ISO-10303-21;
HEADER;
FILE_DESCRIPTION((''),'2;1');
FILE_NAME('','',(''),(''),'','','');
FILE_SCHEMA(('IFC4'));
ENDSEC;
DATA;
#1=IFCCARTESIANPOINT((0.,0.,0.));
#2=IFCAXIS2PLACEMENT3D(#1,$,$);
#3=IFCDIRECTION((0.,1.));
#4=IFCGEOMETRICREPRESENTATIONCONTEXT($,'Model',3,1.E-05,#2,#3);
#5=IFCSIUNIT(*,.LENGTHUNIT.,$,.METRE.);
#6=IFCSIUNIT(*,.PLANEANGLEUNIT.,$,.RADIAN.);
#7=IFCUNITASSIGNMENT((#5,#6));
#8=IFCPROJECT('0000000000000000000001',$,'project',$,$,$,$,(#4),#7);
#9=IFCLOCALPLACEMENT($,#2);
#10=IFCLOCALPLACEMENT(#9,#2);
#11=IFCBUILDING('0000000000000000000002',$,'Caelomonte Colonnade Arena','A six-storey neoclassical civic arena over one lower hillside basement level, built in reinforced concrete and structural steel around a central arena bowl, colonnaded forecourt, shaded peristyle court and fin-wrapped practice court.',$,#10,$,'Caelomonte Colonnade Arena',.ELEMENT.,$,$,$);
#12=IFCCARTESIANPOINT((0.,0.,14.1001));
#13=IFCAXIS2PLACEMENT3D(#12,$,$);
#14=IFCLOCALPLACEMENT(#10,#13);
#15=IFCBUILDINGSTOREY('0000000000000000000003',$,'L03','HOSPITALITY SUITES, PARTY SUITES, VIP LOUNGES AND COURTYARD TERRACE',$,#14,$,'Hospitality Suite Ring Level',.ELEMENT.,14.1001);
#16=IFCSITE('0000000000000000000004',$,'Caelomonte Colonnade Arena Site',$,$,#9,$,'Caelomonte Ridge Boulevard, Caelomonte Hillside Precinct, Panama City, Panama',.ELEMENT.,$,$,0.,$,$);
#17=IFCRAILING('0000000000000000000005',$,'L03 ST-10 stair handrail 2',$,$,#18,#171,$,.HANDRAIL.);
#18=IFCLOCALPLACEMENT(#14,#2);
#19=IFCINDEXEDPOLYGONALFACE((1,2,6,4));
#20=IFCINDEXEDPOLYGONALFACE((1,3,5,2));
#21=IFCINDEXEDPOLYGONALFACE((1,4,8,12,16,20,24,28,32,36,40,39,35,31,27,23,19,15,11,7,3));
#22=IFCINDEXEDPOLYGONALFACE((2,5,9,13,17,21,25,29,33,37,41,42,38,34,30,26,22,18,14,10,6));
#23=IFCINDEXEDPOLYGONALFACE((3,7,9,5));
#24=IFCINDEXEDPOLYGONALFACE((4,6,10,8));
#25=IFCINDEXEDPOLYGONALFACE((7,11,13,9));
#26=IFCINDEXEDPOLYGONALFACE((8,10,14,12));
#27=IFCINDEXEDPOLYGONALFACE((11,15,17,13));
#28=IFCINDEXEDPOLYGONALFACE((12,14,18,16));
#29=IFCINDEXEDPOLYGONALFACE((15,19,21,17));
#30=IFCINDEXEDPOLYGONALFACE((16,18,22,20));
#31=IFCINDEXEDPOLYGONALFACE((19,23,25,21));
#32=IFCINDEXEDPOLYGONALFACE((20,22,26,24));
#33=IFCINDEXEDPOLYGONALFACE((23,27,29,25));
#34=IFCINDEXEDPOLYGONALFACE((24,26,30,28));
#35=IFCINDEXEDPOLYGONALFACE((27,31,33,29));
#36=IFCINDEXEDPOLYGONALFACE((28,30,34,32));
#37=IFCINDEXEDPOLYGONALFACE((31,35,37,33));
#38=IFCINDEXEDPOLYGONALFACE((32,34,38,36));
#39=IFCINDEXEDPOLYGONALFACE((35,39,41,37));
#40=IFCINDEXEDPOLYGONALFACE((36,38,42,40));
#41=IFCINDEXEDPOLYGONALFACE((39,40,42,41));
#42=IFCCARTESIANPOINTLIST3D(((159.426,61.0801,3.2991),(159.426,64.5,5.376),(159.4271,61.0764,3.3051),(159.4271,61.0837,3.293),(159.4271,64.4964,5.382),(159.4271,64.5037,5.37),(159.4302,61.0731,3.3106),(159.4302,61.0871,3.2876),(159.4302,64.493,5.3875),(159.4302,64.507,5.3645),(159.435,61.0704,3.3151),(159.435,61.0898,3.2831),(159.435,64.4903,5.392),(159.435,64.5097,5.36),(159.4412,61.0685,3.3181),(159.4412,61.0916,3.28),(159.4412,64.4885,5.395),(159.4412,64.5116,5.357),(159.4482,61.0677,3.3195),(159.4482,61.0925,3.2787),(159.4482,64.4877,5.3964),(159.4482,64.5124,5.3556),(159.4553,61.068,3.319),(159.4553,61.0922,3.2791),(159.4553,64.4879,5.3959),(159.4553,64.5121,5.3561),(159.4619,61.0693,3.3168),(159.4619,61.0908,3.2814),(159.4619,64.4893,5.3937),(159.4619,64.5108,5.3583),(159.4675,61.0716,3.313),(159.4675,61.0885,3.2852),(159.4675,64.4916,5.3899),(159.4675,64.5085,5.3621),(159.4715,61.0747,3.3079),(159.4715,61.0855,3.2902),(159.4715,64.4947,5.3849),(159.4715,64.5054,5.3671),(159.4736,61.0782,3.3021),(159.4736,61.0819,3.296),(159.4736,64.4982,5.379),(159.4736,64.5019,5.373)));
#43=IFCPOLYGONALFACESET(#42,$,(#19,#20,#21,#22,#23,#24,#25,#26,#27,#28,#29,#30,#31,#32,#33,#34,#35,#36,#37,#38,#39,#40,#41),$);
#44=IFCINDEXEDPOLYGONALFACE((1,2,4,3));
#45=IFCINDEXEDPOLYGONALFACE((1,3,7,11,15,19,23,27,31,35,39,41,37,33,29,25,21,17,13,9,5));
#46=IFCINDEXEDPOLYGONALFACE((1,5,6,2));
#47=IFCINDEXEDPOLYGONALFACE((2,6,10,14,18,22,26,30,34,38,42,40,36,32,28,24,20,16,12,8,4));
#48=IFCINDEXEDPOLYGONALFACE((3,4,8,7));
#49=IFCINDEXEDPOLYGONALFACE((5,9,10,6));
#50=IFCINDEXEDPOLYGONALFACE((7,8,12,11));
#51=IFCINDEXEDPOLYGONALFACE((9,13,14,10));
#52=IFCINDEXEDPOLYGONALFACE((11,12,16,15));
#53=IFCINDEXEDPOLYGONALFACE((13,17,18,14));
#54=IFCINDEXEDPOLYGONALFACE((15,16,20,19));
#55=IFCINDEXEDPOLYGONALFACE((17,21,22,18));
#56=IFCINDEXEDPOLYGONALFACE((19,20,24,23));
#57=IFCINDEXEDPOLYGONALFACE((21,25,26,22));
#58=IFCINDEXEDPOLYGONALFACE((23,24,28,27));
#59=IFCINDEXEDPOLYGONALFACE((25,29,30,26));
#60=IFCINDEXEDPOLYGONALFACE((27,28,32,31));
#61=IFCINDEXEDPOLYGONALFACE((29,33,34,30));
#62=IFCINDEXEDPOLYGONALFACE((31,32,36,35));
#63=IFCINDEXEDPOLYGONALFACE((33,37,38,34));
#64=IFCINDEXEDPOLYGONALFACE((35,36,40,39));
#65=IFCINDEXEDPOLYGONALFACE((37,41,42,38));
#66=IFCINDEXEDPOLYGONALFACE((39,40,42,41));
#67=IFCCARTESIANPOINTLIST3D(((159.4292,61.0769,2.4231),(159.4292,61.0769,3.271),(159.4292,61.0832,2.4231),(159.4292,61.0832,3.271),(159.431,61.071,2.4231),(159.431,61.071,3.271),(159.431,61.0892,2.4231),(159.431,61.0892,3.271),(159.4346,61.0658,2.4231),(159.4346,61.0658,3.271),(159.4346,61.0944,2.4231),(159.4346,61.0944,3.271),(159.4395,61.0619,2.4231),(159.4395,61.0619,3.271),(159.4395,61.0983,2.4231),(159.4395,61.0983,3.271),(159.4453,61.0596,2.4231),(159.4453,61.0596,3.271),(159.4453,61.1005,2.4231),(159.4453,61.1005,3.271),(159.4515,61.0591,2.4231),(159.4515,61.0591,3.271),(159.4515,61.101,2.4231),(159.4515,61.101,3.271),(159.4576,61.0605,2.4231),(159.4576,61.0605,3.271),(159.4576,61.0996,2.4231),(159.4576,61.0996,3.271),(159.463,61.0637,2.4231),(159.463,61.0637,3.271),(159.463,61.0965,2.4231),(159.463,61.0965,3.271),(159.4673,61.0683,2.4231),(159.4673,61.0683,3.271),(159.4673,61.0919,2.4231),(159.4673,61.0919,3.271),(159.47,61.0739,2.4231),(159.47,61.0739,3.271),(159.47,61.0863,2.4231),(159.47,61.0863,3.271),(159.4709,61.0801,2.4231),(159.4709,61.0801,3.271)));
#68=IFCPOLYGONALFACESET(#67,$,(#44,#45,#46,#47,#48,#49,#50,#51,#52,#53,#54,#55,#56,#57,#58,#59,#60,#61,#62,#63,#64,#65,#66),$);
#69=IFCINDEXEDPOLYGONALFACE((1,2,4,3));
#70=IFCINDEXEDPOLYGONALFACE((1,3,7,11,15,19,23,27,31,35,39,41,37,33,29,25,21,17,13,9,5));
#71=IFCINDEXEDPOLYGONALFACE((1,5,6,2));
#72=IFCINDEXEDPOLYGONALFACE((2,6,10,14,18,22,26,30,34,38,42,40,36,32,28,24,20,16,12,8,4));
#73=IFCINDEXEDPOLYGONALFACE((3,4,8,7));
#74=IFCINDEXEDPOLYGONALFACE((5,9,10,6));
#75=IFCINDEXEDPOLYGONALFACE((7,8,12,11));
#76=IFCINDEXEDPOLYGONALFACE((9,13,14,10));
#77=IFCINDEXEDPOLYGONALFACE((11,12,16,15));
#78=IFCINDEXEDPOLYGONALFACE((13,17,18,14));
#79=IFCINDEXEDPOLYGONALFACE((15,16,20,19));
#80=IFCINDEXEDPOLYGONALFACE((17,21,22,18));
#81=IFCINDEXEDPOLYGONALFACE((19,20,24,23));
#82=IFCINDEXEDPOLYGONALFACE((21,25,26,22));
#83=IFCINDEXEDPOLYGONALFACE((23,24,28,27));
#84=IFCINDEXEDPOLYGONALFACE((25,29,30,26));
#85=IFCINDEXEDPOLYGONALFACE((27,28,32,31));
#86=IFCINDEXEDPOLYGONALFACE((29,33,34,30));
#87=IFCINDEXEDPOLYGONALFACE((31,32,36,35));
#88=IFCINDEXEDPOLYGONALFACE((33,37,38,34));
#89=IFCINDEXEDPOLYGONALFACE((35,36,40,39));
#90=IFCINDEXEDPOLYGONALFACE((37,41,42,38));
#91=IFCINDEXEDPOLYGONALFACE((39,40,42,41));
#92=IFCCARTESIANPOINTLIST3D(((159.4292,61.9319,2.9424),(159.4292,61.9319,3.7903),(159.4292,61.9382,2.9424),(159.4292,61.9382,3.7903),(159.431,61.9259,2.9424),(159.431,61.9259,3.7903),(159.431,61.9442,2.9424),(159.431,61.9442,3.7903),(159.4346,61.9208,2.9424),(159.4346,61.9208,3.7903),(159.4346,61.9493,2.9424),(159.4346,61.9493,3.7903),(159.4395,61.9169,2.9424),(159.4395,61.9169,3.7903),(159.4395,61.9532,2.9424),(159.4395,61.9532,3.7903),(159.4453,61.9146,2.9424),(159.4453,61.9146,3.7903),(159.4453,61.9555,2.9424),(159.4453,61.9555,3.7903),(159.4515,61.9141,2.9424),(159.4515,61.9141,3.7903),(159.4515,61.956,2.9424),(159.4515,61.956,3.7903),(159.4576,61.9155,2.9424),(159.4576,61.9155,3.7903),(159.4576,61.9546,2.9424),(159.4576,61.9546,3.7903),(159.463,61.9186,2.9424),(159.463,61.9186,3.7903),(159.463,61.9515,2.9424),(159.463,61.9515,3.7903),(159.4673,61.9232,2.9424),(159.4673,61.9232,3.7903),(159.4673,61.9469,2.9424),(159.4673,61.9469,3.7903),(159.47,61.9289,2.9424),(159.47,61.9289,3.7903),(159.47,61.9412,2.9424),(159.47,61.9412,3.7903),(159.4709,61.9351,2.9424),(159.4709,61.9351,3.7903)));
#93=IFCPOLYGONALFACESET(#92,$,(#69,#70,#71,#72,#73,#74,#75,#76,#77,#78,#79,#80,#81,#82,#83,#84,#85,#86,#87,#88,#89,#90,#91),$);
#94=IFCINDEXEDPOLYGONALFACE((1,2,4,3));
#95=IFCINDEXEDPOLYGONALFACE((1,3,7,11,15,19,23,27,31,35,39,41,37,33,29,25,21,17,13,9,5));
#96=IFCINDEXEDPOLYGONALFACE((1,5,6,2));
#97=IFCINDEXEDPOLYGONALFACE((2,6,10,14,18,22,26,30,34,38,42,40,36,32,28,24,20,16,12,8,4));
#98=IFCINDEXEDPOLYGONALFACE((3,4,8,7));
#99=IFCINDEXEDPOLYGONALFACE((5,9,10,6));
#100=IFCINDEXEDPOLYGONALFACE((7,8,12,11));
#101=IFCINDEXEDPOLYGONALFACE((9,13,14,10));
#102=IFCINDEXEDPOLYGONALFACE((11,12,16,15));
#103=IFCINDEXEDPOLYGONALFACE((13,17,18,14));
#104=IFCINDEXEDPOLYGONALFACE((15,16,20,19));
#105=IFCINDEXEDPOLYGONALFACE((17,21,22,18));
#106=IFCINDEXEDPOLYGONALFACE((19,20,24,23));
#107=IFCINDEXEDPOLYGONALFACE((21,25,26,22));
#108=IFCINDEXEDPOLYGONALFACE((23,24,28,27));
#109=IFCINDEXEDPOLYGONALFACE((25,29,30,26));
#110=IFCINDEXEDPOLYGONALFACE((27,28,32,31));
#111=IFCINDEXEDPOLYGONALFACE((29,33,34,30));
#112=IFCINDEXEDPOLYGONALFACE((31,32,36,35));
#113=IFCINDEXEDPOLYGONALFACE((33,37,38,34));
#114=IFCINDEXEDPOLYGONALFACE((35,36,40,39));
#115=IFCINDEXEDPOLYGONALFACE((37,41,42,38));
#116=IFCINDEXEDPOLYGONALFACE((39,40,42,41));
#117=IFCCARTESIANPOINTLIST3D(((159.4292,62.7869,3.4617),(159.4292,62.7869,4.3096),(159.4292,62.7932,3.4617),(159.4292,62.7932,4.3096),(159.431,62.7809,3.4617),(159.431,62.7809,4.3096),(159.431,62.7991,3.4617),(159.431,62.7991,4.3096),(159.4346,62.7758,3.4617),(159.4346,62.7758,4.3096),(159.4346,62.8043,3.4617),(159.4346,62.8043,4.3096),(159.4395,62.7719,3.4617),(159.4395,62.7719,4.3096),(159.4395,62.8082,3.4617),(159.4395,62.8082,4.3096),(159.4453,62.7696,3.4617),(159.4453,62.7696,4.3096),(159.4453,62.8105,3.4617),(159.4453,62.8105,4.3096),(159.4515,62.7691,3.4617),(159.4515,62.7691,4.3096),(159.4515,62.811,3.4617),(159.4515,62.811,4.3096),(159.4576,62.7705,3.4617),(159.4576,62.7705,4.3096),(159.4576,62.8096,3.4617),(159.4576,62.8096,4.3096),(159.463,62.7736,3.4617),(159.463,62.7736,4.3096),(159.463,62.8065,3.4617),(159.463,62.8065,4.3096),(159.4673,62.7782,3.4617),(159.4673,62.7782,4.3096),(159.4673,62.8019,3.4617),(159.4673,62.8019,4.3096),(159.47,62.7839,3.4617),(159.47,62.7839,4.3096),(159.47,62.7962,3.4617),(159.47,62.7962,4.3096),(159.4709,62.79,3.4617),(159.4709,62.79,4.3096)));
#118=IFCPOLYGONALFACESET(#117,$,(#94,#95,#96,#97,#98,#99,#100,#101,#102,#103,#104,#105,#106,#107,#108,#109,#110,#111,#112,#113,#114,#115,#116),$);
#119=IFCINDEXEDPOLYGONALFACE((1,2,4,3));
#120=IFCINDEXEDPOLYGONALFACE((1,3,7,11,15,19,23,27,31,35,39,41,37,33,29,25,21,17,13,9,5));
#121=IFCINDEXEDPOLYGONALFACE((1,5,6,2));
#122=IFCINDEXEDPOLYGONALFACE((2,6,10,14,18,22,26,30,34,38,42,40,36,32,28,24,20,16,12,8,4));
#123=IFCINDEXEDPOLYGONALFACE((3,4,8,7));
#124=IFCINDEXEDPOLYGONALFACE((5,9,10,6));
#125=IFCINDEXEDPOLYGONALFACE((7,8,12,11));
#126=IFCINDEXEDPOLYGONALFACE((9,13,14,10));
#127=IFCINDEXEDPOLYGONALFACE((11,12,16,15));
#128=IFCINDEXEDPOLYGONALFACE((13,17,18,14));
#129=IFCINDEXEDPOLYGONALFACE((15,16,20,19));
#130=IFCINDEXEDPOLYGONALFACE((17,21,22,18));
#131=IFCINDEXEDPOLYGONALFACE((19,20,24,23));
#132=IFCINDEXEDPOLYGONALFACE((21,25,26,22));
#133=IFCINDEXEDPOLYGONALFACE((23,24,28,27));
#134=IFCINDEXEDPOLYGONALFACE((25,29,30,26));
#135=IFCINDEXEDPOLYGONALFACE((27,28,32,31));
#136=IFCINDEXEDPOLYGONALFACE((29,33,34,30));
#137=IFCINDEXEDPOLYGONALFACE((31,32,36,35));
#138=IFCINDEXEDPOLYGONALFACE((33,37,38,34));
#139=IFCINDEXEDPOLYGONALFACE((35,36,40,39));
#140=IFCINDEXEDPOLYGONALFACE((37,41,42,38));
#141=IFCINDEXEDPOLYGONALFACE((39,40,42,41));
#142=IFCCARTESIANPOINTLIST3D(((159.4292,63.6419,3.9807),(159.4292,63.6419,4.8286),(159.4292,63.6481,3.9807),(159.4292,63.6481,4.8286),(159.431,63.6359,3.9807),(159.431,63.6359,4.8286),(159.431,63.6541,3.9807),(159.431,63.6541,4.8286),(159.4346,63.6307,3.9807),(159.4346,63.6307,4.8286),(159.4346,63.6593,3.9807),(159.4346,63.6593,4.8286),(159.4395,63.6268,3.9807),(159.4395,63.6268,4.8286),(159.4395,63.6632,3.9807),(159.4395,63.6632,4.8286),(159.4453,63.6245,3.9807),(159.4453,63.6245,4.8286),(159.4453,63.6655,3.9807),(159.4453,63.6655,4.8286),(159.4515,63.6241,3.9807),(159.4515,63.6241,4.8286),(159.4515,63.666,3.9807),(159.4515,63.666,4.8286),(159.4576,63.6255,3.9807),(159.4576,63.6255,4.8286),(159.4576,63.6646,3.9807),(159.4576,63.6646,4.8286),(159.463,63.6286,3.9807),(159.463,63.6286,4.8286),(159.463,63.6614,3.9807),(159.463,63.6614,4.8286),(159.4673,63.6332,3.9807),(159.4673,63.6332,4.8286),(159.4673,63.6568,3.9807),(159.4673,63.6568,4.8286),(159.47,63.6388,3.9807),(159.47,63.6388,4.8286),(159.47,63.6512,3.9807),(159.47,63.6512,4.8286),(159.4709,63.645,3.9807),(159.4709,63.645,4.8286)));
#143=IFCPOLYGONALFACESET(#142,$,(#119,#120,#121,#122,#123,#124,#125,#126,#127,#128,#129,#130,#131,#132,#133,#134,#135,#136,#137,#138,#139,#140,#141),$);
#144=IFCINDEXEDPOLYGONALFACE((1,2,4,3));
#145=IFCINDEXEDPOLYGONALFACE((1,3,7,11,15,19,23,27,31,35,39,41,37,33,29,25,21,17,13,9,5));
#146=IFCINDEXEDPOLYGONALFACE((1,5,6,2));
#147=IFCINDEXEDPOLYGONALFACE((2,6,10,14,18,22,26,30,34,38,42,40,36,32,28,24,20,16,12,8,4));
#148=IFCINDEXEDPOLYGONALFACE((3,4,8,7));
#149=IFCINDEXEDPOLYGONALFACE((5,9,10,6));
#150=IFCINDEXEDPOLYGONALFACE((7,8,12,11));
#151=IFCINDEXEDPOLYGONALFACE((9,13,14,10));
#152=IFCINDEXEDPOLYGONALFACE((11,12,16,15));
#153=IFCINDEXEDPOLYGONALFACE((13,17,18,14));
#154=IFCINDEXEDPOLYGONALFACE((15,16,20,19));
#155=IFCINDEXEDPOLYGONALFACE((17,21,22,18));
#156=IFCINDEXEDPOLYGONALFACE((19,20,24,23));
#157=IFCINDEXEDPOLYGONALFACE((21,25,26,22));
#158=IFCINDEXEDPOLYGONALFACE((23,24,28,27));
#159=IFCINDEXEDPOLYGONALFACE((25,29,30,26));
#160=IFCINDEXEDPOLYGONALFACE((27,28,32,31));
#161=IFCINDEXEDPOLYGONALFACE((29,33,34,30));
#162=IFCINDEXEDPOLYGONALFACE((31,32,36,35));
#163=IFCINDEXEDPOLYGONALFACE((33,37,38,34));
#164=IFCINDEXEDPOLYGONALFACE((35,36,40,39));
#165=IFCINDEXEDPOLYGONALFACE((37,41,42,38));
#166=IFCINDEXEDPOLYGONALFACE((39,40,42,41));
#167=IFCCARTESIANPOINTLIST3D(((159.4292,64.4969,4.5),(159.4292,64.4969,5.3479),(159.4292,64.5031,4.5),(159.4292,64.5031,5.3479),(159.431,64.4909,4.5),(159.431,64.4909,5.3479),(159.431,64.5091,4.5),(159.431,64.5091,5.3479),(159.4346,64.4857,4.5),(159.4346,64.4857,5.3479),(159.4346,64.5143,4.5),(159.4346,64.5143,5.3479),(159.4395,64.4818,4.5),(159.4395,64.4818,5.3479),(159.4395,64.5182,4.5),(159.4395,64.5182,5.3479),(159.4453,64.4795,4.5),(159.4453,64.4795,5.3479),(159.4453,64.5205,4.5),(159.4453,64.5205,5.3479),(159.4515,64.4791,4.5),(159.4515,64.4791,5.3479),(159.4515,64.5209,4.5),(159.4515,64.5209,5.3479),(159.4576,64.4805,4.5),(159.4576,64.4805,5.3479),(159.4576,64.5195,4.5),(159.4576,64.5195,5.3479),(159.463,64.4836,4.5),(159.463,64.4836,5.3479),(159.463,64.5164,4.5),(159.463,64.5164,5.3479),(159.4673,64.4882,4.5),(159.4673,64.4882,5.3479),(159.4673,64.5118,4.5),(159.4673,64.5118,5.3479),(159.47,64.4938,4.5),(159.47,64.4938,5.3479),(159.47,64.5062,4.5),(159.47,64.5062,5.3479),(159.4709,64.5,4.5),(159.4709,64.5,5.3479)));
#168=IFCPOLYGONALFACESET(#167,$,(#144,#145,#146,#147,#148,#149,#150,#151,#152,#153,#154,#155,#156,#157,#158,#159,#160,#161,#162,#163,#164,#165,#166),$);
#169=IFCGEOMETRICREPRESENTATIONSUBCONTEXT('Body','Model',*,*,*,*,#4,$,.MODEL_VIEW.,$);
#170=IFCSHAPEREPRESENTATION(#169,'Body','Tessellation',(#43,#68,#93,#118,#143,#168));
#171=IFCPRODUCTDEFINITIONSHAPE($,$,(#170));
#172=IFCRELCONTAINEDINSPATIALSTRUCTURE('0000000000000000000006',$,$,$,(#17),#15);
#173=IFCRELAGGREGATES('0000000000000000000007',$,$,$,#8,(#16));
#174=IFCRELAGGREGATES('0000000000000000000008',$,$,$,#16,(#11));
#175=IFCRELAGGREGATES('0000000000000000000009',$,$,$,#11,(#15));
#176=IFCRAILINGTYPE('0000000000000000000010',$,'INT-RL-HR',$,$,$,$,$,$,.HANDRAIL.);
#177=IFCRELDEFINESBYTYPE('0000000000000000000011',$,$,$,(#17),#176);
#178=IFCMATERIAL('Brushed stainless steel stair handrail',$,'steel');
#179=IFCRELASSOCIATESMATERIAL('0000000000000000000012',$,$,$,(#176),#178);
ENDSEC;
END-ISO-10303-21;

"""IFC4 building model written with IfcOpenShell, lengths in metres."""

from ifc_helpers import new_model, si_unit, direction, frame, origin, origin_2d, place, context, subcontext, project, spatial, circle, extrude, material, type_object, element, save


model = new_model("IFC4")

# Units and contexts
model_context = context("Model", 3, precision=1e-05, world=origin(), true_north=direction((0.0, 1.0)))
body_context = subcontext(model_context, "Body", "Model", "MODEL_VIEW")
ifc_project = project(units=[si_unit("LENGTHUNIT", "METRE"), si_unit("PLANEANGLEUNIT", "RADIAN")], contexts=[model_context])

# Site, building, storey
site_placement = place(None, origin())
site = spatial("IfcSite", under=ifc_project, at=site_placement, Name="Caelomonte Colonnade Arena Site", LongName="Caelomonte Ridge Boulevard, Caelomonte Hillside Precinct, Panama City, Panama", CompositionType="ELEMENT", RefElevation=0.0)
building_placement = place(site_placement, origin())
building = spatial("IfcBuilding", under=site, at=building_placement, Name="Caelomonte Colonnade Arena", Description="A six-storey neoclassical civic arena over one lower hillside basement level, built in reinforced concrete and structural steel around a central arena bowl, colonnaded forecourt, shaded peristyle court and fin-wrapped practice court.", LongName="Caelomonte Colonnade Arena", CompositionType="ELEMENT")
storey_placement = place(building_placement, frame((0.0, 0.0, 14.1001)))
storey = spatial("IfcBuildingStorey", under=building, at=storey_placement, Name="L03", Description="HOSPITALITY SUITES, PARTY SUITES, VIP LOUNGES AND COURTYARD TERRACE", LongName="Hospitality Suite Ring Level", CompositionType="ELEMENT", Elevation=14.1001)

# Railing
ifc_material_1 = material(Name="Brushed stainless steel stair handrail", Category="steel")
railing_type_1 = type_object("IfcRailingType", Name="INT-RL-HR", PredefinedType="HANDRAIL", material=ifc_material_1)
railing_1_placement = place(storey_placement, frame((159.45, 61.0801, 2.4231)))
element("IfcRailing", 1, at=railing_1_placement, inside=storey, type_object=railing_type_1, Name="L03 ST-10 stair handrail 2", PredefinedType="HANDRAIL", context=body_context, shape_type="SweptSolid", body=[
    extrude(circle(Radius=0.0239, at=origin_2d()), frame((0.0, 0.0, 0.876), z_axis=(0.0, 0.85473, 0.519074), x_axis=(-1.0, 0.0, 0.0)), (0.0, 0.0, 1.0), 4.0012),
    extrude(circle(Radius=0.021, at=origin_2d()), origin(), (0.0, 0.0, 1.0), 0.8479),
    extrude(circle(Radius=0.021, at=origin_2d()), frame((0.0, 0.855, 0.5193)), (0.0, 0.0, 1.0), 0.8479),
    extrude(circle(Radius=0.021, at=origin_2d()), frame((0.0, 1.71, 1.0386)), (0.0, 0.0, 1.0), 0.8479),
    extrude(circle(Radius=0.021, at=origin_2d()), frame((0.0, 2.5649, 1.5576)), (0.0, 0.0, 1.0), 0.8479),
    extrude(circle(Radius=0.021, at=origin_2d()), frame((0.0, 3.4199, 2.0769)), (0.0, 0.0, 1.0), 0.8479),
])

save(model, "model.ifc")
